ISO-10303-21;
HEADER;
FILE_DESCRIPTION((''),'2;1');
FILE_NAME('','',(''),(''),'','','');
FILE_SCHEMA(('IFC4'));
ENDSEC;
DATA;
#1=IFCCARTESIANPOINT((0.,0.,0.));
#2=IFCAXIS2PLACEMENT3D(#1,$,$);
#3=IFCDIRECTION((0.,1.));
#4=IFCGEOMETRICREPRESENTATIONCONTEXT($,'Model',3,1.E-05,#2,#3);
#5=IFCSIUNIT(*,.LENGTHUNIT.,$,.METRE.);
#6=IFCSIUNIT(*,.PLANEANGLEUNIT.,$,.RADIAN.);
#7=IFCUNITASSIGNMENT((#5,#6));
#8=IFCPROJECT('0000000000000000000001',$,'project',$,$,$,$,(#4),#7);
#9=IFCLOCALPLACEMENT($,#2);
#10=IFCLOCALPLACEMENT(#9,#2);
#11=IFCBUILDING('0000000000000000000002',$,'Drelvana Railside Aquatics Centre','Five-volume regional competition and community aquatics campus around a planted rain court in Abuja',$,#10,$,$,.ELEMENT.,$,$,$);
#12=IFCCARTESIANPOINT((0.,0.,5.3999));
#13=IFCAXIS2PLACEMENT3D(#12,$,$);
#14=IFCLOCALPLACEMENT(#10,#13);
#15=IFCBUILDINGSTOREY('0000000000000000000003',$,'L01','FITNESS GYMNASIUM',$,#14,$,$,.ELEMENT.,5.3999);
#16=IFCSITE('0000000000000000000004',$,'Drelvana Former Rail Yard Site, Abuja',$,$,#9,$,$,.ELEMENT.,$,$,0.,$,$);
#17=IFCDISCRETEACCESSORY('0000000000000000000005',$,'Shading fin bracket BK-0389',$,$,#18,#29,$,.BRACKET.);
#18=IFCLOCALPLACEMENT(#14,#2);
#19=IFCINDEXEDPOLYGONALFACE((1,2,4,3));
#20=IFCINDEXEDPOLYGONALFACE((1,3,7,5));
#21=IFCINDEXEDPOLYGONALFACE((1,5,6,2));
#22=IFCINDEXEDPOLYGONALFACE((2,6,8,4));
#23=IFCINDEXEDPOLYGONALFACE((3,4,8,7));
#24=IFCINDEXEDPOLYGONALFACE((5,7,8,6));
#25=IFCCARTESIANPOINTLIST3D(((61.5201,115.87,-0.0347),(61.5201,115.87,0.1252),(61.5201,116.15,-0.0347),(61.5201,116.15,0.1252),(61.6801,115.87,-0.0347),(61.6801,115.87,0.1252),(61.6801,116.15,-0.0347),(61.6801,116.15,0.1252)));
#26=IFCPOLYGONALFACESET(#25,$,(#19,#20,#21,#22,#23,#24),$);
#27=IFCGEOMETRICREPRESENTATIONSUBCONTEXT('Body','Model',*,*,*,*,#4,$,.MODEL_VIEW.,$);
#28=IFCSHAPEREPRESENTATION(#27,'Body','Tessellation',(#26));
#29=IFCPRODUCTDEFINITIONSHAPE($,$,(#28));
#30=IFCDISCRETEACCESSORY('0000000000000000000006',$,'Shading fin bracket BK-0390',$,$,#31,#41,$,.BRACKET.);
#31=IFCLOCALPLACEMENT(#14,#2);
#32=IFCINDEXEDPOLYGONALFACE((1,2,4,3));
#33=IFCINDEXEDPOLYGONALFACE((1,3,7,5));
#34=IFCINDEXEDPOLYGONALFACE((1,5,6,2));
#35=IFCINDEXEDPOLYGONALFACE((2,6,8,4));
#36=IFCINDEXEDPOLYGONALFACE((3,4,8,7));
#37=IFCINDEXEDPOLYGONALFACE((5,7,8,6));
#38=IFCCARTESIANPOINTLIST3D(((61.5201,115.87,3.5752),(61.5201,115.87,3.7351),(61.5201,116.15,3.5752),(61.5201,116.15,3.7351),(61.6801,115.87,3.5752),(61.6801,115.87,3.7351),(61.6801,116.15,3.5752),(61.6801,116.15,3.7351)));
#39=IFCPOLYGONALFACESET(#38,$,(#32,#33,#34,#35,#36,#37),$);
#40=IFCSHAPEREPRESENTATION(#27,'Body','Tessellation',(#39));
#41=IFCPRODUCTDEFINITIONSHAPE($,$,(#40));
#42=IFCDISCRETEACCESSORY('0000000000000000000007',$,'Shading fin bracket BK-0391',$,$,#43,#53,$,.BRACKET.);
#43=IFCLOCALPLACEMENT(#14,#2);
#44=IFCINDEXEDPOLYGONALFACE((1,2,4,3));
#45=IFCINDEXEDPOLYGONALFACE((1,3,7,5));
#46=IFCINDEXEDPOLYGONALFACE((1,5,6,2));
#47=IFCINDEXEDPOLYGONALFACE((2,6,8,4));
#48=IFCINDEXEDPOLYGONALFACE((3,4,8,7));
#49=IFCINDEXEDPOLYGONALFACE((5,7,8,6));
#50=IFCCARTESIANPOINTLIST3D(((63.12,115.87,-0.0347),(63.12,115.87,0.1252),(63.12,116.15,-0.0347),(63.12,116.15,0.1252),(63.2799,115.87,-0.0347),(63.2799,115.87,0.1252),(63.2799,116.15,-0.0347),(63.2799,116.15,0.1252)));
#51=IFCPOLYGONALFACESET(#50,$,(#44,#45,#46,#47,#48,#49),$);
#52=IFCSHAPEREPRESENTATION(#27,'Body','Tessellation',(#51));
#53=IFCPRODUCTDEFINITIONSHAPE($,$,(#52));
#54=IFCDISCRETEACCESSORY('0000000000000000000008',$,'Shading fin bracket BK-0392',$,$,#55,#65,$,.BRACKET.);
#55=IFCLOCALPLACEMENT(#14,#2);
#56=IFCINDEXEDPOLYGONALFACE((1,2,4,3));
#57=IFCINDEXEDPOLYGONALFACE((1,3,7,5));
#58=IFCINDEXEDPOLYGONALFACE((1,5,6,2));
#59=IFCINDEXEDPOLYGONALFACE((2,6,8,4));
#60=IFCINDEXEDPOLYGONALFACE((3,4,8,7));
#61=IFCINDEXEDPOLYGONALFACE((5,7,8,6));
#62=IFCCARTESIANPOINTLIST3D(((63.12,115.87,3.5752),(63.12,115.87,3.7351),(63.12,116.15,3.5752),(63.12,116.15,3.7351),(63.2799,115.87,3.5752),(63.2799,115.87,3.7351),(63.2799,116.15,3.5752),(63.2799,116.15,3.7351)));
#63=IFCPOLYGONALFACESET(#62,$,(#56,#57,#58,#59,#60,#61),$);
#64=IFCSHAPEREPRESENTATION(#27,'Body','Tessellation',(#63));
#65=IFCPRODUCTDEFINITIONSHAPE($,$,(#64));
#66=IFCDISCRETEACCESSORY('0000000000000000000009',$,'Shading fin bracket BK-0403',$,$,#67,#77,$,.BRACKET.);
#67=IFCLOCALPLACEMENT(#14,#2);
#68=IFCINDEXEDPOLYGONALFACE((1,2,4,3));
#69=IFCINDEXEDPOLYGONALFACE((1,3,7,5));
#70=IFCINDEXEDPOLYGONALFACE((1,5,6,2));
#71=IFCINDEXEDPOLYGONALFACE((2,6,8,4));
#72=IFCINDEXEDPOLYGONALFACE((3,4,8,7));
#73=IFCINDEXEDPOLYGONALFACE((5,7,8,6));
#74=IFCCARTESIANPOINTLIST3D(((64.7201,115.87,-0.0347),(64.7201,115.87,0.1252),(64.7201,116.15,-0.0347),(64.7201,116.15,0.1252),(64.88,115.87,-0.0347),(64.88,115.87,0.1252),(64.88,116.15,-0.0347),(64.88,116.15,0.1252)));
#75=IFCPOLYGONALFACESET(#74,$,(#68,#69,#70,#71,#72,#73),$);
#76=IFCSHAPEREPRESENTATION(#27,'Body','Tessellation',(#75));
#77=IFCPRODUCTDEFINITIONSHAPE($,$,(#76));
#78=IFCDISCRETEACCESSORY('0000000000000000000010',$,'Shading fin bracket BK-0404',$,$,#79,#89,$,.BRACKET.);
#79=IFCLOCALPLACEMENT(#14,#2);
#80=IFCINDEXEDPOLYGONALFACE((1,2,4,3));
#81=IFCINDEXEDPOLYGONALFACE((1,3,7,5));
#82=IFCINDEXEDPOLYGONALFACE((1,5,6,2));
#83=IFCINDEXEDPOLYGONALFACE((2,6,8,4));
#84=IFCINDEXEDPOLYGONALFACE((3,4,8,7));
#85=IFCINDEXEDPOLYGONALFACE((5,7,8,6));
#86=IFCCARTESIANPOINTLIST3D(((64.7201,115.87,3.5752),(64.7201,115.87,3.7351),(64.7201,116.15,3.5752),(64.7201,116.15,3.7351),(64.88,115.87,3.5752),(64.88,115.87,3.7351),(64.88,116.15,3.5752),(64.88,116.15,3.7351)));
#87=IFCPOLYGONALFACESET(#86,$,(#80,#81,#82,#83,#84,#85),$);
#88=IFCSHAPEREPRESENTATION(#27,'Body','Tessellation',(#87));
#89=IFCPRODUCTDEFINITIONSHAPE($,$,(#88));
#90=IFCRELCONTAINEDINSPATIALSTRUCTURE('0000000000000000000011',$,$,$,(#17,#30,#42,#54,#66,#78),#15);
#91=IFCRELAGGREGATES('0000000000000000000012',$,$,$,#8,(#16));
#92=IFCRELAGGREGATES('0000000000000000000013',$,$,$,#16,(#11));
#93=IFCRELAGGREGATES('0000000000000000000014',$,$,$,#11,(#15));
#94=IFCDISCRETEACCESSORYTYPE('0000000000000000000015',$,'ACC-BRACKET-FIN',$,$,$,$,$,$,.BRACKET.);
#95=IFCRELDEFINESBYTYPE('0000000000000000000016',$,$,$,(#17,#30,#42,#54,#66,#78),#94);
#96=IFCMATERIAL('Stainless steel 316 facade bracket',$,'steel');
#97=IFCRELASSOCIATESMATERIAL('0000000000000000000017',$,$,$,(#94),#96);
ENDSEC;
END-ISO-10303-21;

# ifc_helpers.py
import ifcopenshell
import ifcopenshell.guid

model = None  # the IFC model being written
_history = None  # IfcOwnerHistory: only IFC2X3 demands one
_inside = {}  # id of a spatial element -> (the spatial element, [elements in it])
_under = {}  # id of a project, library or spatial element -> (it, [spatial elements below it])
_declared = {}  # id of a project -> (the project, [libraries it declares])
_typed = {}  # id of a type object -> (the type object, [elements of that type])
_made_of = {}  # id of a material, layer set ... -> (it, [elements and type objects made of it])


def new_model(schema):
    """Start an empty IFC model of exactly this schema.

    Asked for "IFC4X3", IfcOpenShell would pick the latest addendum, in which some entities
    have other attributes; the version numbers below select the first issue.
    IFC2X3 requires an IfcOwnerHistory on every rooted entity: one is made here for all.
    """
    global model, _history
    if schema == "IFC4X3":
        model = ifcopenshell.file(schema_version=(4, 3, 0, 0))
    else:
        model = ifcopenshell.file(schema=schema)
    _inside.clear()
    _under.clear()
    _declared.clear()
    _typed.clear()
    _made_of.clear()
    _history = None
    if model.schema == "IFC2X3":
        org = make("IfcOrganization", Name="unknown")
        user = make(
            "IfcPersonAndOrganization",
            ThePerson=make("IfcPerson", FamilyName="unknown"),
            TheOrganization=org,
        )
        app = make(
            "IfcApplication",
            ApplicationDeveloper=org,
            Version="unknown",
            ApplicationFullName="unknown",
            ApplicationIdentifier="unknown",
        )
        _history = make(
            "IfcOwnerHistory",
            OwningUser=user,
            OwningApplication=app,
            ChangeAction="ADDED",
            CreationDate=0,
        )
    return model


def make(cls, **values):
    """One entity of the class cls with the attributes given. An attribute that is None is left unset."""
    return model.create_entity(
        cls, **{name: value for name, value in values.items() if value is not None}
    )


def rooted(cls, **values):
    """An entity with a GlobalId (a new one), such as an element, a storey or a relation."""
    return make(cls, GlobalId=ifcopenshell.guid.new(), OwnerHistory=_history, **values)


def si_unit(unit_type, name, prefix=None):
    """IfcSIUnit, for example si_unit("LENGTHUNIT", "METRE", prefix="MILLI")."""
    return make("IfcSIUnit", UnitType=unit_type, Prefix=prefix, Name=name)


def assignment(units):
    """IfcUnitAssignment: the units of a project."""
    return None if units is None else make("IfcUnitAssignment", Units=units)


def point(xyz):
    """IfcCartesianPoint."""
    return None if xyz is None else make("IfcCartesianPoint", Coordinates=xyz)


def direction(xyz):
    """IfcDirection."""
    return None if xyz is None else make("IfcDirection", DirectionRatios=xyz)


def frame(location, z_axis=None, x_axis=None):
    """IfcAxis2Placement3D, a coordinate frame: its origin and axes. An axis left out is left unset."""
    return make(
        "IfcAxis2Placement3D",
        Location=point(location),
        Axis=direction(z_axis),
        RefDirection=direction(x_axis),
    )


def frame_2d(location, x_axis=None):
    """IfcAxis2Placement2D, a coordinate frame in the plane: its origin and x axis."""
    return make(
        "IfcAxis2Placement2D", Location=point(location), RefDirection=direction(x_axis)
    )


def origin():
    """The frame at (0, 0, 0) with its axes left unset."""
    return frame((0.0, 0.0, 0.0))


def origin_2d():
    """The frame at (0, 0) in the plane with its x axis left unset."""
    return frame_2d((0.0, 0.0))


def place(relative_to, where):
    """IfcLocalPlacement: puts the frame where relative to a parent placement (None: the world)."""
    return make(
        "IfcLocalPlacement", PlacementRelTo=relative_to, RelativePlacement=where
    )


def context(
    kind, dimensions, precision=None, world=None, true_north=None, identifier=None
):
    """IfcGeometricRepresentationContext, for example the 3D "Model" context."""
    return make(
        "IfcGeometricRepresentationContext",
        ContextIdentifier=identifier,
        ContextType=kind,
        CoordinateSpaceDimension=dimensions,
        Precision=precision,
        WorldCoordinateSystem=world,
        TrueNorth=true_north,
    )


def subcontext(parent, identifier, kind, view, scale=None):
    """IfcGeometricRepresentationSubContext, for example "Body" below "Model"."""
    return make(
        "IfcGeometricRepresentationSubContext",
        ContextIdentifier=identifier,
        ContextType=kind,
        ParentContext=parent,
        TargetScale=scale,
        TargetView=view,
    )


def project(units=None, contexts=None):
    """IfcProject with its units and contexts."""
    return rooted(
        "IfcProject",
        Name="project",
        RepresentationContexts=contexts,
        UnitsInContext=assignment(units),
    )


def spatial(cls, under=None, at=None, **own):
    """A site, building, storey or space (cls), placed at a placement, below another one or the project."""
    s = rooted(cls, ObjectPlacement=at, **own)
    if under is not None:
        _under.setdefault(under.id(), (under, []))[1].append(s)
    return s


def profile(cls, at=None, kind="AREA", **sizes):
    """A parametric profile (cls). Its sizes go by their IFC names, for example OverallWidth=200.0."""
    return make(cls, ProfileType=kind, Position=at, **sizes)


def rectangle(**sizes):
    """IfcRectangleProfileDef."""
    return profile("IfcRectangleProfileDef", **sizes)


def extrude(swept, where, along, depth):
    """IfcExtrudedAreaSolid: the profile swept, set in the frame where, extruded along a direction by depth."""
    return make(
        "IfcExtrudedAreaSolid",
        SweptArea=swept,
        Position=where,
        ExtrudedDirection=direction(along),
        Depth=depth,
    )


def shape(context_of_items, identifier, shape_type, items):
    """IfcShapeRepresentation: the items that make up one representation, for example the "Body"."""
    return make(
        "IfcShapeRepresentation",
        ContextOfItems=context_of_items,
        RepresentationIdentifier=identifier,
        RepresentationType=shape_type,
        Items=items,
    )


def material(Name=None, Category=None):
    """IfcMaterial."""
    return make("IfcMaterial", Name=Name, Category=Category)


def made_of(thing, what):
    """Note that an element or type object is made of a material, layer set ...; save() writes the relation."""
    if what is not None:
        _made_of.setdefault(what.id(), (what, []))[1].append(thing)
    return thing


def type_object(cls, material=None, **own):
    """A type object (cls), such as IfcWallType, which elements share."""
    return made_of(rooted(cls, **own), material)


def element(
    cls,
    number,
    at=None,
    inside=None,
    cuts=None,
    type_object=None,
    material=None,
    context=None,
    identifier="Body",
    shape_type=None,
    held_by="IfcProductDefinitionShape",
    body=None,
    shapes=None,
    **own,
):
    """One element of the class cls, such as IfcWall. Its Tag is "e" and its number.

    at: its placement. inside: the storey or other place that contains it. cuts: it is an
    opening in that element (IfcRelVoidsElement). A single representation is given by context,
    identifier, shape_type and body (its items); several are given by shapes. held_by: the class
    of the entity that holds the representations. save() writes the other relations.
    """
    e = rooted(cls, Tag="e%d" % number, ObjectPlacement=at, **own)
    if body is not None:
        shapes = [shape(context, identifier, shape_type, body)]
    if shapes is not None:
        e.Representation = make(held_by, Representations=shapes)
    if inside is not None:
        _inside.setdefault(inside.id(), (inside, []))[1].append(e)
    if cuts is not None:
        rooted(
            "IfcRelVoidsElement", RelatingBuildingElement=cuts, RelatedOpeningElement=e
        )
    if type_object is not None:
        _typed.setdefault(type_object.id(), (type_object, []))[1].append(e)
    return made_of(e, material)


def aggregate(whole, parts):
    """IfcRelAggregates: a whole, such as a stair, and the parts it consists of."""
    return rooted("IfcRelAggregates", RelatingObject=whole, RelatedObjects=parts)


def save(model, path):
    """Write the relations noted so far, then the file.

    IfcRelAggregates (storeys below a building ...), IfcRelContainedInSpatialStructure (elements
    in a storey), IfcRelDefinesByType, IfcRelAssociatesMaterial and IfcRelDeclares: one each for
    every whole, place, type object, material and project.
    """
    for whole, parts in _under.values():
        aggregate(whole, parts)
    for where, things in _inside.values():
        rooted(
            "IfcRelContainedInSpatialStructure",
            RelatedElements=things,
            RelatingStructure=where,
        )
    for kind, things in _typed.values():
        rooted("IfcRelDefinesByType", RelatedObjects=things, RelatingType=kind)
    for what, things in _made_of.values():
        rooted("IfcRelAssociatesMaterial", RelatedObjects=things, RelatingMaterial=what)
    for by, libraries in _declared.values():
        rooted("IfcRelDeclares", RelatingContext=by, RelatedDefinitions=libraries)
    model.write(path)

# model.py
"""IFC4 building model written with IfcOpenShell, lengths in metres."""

from ifc_helpers import new_model, si_unit, direction, frame, origin, origin_2d, place, context, subcontext, project, spatial, rectangle, extrude, material, type_object, element, save


model = new_model("IFC4")

# Units and contexts
model_context = context("Model", 3, precision=1e-05, world=origin(), true_north=direction((0.0, 1.0)))
body_context = subcontext(model_context, "Body", "Model", "MODEL_VIEW")
ifc_project = project(units=[si_unit("LENGTHUNIT", "METRE"), si_unit("PLANEANGLEUNIT", "RADIAN")], contexts=[model_context])

# Site, building, storey
site_placement = place(None, origin())
site = spatial("IfcSite", under=ifc_project, at=site_placement, Name="Drelvana Former Rail Yard Site, Abuja", CompositionType="ELEMENT", RefElevation=0.0)
building_placement = place(site_placement, origin())
building = spatial("IfcBuilding", under=site, at=building_placement, Name="Drelvana Railside Aquatics Centre", Description="Five-volume regional competition and community aquatics campus around a planted rain court in Abuja", CompositionType="ELEMENT")
storey_placement = place(building_placement, frame((0.0, 0.0, 5.3999)))
storey = spatial("IfcBuildingStorey", under=building, at=storey_placement, Name="L01", Description="FITNESS GYMNASIUM", CompositionType="ELEMENT", Elevation=5.3999)

# Discrete accessories
ifc_material_1 = material(Name="Stainless steel 316 facade bracket", Category="steel")
discrete_accessory_type = type_object("IfcDiscreteAccessoryType", Name="ACC-BRACKET-FIN", PredefinedType="BRACKET", material=ifc_material_1)
for number, where, z_axis, x_axis, name in (
    (1, (61.6001, 116.01, -0.0347), (0.0, 0.0, 1.0), (0.0, 1.0, 0.0), "Shading fin bracket BK-0389"),
    (2, (61.6001, 116.01, 3.5752), (0.0, 0.0, 1.0), (0.0, 1.0, 0.0), "Shading fin bracket BK-0390"),
    (3, (63.2, 116.01, -0.0347), (0.0, 0.0, 1.0), (0.0, 1.0, 0.0), "Shading fin bracket BK-0391"),
    (4, (63.2, 116.01, 3.5752), (0.0, 0.0, 1.0), (0.0, 1.0, 0.0), "Shading fin bracket BK-0392"),
    (5, (64.8, 116.01, -0.0347), (0.0, 0.0, 1.0), (0.0, 1.0, 0.0), "Shading fin bracket BK-0403"),
    (6, (64.8, 116.01, 3.5752), (0.0, 0.0, 1.0), (0.0, 1.0, 0.0), "Shading fin bracket BK-0404"),
):
    element("IfcDiscreteAccessory", number, at=place(storey_placement, frame(where, z_axis=z_axis, x_axis=x_axis)), inside=storey, type_object=discrete_accessory_type, Name=name, PredefinedType="BRACKET", context=body_context, shape_type="SweptSolid", body=[
        extrude(rectangle(XDim=0.28, YDim=0.1599, at=origin_2d()), origin(), (0.0, 0.0, 1.0), 0.1599),
    ])

save(model, "model.ifc")
